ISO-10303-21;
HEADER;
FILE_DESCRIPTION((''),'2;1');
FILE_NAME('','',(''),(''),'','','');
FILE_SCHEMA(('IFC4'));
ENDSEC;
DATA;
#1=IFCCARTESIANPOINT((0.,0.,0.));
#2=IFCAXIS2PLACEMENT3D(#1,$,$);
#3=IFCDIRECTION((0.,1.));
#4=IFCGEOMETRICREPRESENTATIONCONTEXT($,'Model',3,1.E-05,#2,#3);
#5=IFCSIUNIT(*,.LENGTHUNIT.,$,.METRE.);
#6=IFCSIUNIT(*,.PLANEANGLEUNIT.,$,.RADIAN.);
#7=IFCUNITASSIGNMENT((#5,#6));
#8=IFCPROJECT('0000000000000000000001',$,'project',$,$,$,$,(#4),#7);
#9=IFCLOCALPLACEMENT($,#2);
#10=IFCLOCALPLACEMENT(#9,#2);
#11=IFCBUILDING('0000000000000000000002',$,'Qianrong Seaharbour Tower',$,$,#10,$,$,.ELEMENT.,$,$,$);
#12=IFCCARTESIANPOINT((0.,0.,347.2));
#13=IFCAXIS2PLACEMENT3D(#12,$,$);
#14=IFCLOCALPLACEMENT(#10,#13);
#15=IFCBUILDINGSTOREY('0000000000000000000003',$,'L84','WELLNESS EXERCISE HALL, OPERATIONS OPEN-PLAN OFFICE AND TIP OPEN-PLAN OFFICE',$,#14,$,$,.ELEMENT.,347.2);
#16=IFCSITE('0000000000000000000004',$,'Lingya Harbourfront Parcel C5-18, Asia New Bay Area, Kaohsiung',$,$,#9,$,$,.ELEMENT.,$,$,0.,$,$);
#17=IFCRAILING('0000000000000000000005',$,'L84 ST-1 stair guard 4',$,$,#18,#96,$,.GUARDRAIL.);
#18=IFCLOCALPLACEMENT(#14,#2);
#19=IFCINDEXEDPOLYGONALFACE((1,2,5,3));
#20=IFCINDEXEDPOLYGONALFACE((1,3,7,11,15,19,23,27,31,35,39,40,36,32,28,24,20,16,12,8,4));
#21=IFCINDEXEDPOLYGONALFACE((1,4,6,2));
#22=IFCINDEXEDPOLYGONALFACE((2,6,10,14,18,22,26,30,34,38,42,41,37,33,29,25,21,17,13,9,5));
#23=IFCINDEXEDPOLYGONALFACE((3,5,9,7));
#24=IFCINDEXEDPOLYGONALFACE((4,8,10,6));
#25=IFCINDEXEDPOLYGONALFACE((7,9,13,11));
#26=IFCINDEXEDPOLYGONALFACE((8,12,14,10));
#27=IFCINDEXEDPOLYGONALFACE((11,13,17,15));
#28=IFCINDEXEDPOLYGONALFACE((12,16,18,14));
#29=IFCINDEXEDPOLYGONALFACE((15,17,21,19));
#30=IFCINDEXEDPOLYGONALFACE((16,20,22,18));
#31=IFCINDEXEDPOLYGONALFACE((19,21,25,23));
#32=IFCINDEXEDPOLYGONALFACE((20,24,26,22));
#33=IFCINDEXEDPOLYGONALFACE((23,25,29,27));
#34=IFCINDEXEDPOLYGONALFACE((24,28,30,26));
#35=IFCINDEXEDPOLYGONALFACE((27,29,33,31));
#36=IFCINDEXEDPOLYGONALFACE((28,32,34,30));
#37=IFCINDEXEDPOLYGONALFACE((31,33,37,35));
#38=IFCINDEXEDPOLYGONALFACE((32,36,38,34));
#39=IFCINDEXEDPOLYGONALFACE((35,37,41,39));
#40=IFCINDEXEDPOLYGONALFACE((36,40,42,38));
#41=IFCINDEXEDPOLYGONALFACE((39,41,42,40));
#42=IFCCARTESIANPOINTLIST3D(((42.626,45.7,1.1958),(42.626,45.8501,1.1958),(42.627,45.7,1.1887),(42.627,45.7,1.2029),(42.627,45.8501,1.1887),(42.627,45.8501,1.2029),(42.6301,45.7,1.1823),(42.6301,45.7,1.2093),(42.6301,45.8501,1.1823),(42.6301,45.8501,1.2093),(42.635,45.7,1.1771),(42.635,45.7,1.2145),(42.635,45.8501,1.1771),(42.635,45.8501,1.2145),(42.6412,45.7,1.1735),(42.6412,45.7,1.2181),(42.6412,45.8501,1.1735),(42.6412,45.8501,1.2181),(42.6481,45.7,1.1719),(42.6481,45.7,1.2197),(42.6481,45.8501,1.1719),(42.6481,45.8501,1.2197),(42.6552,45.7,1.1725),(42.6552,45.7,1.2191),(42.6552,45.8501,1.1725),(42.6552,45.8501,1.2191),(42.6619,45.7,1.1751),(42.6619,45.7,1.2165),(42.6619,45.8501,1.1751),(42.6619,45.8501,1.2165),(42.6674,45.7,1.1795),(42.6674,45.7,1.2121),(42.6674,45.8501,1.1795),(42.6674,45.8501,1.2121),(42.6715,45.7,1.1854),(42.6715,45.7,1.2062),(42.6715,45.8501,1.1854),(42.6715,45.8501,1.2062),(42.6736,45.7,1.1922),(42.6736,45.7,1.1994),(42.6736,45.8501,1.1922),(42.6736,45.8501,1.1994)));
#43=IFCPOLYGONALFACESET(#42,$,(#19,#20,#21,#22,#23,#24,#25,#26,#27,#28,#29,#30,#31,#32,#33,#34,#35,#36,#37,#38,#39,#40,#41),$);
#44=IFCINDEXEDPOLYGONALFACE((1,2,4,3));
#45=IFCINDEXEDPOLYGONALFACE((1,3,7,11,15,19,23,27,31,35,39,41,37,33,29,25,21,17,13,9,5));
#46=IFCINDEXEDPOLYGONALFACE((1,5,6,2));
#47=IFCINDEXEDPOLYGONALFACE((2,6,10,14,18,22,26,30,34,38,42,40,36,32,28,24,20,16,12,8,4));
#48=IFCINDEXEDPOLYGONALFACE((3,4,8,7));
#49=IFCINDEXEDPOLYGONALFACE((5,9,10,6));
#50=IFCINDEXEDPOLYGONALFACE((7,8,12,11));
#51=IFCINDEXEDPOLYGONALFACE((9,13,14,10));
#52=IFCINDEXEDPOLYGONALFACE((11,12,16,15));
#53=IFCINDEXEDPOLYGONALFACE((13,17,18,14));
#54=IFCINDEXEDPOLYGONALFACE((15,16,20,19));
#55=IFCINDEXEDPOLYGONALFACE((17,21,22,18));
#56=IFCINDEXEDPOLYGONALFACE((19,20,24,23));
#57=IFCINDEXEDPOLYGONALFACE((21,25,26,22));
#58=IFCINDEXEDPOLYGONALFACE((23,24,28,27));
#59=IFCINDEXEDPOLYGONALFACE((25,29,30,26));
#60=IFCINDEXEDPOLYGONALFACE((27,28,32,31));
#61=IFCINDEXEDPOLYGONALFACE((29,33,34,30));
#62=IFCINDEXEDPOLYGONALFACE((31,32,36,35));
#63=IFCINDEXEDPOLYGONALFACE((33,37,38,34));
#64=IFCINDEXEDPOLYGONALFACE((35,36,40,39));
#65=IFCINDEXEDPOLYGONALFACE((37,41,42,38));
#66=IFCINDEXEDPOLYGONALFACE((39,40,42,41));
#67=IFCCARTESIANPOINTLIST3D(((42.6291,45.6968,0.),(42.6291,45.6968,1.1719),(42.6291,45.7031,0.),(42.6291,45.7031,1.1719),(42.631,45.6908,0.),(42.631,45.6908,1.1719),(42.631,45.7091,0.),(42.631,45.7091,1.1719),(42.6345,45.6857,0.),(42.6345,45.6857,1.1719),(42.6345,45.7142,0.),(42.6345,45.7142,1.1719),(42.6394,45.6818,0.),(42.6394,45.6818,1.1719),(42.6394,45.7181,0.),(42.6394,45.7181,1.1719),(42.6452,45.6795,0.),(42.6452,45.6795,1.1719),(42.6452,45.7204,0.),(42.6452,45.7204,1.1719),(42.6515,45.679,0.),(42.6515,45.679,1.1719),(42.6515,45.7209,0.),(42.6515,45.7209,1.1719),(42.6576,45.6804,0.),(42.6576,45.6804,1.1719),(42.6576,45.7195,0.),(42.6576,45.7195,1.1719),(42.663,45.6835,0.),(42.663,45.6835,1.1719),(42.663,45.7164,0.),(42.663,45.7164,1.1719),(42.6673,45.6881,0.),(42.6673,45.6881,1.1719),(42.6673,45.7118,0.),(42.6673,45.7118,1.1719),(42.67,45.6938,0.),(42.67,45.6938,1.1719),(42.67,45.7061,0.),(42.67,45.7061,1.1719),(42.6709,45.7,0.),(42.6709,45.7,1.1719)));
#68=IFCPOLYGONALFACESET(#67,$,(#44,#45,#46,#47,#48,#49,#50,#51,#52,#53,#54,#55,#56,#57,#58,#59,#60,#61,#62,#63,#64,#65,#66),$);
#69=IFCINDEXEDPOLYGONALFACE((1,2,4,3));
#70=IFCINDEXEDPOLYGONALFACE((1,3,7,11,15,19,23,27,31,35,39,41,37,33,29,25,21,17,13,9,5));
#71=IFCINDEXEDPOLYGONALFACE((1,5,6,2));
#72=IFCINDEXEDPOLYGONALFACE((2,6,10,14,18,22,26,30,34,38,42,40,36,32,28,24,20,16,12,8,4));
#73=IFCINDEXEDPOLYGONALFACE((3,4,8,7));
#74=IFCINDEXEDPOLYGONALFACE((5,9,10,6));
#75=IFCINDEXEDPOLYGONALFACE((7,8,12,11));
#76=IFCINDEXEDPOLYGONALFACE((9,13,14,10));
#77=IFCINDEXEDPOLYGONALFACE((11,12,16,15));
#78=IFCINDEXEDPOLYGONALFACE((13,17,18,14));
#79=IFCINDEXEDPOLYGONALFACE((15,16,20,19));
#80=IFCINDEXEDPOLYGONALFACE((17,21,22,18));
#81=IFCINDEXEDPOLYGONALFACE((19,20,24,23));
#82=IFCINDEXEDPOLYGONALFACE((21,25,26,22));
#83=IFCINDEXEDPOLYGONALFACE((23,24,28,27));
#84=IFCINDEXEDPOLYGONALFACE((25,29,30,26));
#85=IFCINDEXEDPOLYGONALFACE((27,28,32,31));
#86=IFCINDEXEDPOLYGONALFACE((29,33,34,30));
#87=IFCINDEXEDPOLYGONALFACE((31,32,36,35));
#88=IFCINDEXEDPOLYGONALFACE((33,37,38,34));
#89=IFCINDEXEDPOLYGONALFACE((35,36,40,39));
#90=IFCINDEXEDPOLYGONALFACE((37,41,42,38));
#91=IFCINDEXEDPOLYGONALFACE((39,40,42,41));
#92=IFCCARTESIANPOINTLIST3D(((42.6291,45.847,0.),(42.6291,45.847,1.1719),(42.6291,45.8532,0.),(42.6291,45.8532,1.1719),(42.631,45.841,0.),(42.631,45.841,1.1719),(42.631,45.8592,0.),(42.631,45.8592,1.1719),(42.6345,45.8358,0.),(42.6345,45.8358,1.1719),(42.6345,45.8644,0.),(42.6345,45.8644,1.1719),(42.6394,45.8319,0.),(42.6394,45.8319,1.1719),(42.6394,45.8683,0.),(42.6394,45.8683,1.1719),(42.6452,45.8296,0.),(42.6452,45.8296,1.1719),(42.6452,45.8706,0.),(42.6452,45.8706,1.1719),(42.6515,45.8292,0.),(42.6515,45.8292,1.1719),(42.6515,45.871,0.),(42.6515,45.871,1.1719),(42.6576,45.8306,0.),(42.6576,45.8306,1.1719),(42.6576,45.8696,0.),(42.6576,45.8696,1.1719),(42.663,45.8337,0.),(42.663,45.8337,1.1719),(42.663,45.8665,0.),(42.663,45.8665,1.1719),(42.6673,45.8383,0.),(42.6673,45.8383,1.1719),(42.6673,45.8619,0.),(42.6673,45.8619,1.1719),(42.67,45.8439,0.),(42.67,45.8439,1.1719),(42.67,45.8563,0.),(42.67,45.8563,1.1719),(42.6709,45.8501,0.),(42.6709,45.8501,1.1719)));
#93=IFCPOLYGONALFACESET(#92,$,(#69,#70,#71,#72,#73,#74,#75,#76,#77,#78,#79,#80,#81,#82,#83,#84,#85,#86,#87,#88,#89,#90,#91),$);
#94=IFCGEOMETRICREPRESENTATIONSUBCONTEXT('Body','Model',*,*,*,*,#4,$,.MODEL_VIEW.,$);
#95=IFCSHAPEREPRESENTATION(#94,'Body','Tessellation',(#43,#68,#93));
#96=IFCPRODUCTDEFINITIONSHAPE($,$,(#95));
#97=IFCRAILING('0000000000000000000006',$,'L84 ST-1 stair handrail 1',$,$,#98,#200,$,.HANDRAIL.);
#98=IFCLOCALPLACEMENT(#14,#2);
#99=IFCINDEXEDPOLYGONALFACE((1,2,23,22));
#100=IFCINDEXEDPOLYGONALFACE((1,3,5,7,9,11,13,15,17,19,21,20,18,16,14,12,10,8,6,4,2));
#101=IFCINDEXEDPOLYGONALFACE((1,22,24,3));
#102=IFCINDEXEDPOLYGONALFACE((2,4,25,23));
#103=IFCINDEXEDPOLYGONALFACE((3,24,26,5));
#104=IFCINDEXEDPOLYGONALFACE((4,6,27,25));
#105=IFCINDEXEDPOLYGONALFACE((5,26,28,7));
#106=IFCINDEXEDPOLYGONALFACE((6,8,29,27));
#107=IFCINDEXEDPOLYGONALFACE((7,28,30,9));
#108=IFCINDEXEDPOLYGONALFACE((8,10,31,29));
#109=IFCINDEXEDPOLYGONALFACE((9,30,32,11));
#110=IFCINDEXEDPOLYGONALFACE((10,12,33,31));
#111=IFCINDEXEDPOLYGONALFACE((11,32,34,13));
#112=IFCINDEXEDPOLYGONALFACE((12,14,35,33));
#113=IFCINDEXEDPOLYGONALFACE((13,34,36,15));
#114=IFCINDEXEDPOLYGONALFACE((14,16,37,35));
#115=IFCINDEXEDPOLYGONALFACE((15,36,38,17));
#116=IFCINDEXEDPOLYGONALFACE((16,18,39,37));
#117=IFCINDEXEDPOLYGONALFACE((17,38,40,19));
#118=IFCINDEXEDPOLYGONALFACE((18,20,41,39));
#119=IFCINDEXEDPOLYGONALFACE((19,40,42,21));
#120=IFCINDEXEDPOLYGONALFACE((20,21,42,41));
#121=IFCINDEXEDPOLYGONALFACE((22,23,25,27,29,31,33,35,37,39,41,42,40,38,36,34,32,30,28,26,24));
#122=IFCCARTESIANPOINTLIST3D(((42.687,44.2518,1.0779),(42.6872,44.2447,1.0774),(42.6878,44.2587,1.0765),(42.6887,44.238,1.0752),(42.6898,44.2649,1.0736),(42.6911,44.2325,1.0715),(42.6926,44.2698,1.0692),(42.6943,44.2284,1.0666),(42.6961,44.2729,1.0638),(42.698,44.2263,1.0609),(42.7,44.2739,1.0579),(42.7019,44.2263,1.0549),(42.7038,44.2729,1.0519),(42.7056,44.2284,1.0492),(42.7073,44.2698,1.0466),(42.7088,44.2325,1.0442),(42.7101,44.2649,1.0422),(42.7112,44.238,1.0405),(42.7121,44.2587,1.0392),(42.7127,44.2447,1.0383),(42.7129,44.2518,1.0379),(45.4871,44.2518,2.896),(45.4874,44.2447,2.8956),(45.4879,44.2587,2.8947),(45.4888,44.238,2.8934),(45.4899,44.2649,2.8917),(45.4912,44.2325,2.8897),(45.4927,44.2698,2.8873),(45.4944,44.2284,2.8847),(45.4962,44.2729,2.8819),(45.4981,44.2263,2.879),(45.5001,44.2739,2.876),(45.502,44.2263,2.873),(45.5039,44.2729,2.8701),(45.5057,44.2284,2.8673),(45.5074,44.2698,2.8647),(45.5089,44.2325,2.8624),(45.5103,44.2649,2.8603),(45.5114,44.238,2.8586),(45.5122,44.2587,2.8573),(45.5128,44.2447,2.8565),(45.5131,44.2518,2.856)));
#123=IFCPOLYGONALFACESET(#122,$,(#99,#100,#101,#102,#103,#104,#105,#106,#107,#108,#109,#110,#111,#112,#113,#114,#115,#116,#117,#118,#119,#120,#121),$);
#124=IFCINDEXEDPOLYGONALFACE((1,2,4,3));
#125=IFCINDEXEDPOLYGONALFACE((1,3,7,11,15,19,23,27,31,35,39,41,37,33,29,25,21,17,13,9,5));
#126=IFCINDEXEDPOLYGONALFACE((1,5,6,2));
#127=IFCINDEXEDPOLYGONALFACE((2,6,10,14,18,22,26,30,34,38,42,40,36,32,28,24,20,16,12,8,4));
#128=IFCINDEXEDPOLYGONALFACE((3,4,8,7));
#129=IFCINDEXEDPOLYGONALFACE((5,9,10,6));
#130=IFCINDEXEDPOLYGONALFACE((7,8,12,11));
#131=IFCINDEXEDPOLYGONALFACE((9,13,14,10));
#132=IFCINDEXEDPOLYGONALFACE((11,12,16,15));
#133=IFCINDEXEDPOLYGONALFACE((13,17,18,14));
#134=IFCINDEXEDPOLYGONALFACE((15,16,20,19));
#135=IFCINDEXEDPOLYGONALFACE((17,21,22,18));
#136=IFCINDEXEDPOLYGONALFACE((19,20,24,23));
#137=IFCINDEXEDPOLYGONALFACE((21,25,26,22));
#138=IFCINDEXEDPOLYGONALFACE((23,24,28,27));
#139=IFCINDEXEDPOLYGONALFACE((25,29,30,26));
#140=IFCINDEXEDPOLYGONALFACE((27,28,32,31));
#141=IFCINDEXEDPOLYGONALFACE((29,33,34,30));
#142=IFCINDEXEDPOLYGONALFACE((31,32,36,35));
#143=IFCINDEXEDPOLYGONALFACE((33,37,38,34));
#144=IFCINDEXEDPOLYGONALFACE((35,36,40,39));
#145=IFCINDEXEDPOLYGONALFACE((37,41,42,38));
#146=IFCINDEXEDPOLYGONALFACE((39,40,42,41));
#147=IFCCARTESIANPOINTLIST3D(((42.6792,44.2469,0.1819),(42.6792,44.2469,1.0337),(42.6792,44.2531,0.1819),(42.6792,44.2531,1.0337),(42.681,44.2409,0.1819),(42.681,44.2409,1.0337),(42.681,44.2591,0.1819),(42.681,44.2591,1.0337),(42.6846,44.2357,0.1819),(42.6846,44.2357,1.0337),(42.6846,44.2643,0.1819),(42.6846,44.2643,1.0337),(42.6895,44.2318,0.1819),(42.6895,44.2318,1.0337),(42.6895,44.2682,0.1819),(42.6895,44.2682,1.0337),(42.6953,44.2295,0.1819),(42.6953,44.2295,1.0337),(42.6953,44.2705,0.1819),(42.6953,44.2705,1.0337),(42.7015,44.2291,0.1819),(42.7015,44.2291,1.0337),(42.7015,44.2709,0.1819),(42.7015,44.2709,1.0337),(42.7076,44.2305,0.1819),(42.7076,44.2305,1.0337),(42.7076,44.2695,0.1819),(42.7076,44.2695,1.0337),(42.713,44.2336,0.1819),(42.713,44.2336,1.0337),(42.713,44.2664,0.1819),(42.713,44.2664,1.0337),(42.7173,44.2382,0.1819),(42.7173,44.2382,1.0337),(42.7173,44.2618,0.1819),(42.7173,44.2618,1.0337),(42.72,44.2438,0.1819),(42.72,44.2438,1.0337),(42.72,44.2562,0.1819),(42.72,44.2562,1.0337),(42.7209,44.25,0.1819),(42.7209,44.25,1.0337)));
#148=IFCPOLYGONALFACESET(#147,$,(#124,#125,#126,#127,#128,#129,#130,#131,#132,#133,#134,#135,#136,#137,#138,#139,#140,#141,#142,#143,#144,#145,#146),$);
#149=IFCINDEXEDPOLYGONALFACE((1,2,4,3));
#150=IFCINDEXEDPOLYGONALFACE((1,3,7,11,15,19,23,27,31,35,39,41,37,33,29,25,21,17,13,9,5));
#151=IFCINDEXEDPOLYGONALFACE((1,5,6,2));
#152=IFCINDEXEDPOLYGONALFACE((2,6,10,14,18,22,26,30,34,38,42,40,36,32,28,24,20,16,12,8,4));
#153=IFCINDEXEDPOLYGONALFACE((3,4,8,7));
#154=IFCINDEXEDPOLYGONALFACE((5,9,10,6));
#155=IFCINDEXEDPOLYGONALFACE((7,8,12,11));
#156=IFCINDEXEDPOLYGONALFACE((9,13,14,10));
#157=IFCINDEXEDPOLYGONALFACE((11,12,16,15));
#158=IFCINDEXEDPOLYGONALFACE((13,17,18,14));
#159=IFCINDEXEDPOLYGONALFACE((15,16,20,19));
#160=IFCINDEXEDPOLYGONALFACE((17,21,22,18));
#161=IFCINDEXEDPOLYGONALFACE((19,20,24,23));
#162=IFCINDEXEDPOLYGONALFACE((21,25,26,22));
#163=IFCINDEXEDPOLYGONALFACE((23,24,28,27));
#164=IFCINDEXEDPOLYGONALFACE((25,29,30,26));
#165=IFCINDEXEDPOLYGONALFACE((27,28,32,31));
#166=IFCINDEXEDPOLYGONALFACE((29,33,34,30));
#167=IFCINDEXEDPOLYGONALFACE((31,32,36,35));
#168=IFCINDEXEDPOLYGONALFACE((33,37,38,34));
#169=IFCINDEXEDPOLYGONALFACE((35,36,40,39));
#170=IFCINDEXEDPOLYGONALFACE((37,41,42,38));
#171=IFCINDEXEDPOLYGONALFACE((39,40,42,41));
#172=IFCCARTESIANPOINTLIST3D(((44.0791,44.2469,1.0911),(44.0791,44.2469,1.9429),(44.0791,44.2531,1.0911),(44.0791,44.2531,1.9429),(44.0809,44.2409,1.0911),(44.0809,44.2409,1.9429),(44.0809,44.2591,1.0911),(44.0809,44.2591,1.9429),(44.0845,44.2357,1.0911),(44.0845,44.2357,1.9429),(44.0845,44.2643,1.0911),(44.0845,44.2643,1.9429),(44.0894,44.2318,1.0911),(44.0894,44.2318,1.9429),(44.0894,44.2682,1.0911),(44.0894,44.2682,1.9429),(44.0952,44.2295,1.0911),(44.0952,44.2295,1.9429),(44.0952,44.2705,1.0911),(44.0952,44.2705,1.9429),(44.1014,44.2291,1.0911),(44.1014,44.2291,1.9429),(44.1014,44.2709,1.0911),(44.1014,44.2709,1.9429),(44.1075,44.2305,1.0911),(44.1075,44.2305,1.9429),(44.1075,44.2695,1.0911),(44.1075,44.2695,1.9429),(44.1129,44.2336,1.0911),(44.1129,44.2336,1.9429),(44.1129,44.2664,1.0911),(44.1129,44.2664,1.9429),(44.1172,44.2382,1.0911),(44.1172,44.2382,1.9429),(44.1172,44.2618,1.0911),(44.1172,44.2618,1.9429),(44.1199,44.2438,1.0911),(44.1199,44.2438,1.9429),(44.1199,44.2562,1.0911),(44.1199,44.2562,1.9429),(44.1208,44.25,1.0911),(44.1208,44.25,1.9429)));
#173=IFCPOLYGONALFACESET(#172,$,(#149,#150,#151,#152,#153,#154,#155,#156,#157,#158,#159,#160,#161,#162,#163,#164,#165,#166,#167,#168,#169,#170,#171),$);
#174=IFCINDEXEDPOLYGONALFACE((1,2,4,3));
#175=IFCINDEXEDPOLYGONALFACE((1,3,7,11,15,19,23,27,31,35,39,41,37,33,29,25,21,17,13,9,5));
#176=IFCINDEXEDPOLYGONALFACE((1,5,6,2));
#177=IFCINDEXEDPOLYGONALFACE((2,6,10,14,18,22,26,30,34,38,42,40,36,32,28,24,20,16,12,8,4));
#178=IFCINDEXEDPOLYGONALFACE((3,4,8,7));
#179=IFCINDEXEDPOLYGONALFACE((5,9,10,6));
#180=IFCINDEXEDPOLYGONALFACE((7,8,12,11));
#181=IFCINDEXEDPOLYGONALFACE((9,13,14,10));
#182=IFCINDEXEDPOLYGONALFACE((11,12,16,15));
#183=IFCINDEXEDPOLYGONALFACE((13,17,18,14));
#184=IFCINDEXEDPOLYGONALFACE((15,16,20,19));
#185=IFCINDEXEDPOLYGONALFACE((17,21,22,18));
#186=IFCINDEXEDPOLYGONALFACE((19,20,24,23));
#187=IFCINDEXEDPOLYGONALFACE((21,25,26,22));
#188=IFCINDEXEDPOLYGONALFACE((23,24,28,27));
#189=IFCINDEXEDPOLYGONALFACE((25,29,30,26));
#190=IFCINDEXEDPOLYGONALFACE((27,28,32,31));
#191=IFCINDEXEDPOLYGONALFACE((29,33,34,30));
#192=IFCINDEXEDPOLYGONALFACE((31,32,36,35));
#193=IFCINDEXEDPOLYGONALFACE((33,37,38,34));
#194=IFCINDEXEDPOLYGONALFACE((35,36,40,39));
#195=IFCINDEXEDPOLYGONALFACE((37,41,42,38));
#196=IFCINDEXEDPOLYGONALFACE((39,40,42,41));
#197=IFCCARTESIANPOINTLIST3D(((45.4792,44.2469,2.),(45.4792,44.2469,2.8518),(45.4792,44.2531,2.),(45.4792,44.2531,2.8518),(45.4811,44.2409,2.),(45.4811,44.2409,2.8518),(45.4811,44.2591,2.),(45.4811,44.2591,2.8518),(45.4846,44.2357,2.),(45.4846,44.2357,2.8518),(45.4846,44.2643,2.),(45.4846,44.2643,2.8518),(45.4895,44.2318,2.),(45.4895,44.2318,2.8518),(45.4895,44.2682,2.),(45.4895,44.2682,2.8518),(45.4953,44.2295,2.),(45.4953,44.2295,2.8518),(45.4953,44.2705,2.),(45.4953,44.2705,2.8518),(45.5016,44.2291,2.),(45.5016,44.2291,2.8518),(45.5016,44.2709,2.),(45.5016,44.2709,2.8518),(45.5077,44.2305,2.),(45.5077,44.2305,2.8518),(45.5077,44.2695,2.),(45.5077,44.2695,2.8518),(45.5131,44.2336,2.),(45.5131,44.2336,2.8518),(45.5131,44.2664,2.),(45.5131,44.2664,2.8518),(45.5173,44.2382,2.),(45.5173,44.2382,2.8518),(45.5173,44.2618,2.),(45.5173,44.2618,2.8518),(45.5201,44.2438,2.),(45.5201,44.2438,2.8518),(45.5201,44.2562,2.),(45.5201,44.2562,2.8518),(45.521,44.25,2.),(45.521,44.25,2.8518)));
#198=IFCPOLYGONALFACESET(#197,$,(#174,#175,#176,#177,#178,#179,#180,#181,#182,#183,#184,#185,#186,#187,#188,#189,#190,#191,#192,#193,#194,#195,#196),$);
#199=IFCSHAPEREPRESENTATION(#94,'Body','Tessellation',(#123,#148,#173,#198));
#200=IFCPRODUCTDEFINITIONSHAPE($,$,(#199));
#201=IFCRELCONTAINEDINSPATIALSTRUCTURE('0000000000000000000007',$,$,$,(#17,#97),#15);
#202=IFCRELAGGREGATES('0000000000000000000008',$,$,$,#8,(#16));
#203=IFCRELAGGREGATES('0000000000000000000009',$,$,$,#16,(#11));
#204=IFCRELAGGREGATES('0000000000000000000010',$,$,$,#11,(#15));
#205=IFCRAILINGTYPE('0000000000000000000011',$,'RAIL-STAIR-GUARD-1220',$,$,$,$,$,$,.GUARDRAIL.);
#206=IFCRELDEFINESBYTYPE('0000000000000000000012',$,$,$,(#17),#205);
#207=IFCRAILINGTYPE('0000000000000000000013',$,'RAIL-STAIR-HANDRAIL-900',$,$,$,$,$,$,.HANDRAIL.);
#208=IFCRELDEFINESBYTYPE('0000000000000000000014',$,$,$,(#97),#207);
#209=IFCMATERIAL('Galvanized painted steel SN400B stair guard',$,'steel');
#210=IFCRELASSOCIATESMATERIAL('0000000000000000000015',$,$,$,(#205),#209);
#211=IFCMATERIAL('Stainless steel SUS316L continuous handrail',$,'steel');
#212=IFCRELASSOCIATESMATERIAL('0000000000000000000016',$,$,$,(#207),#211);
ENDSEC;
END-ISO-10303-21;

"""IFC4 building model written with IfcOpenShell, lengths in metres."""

from ifc_helpers import new_model, si_unit, direction, frame, origin, origin_2d, place, context, subcontext, project, spatial, circle, extrude, material, type_object, element, save


model = new_model("IFC4")

# Units and contexts
model_context = context("Model", 3, precision=1e-05, world=origin(), true_north=direction((0.0, 1.0)))
body_context = subcontext(model_context, "Body", "Model", "MODEL_VIEW")
ifc_project = project(units=[si_unit("LENGTHUNIT", "METRE"), si_unit("PLANEANGLEUNIT", "RADIAN")], contexts=[model_context])

# Site, building, storey
site_placement = place(None, origin())
site = spatial("IfcSite", under=ifc_project, at=site_placement, Name="Lingya Harbourfront Parcel C5-18, Asia New Bay Area, Kaohsiung", CompositionType="ELEMENT", RefElevation=0.0)
building_placement = place(site_placement, origin())
building = spatial("IfcBuilding", under=site, at=building_placement, Name="Qianrong Seaharbour Tower", CompositionType="ELEMENT")
storey_placement = place(building_placement, frame((0.0, 0.0, 347.2)))
storey = spatial("IfcBuildingStorey", under=building, at=storey_placement, Name="L84", Description="WELLNESS EXERCISE HALL, OPERATIONS OPEN-PLAN OFFICE AND TIP OPEN-PLAN OFFICE", CompositionType="ELEMENT", Elevation=347.2)

# Railings
ifc_material_1 = material(Name="Galvanized painted steel SN400B stair guard", Category="steel")
railing_type_1 = type_object("IfcRailingType", Name="RAIL-STAIR-GUARD-1220", PredefinedType="GUARDRAIL", material=ifc_material_1)
railing_1_placement = place(storey_placement, frame((42.6499, 45.7, 0.0)))
element("IfcRailing", 1, at=railing_1_placement, inside=storey, type_object=railing_type_1, Name="L84 ST-1 stair guard 4", PredefinedType="GUARDRAIL", context=body_context, shape_type="SweptSolid", body=[
    extrude(circle(Radius=0.0239, at=origin_2d()), frame((0.0, 0.0, 1.1958), z_axis=(0.0, 1.0, 0.0), x_axis=(-1.0, 0.0, 0.0)), (0.0, 0.0, 1.0), 0.1501),
    extrude(circle(Radius=0.021, at=origin_2d()), origin(), (0.0, 0.0, 1.0), 1.1719),
    extrude(circle(Radius=0.021, at=origin_2d()), frame((0.0, 0.1501, 0.0)), (0.0, 0.0, 1.0), 1.1719),
])
ifc_material_2 = material(Name="Stainless steel SUS316L continuous handrail", Category="steel")
railing_type_2 = type_object("IfcRailingType", Name="RAIL-STAIR-HANDRAIL-900", PredefinedType="HANDRAIL", material=ifc_material_2)
railing_2_placement = place(storey_placement, frame((42.7, 44.25, 0.1819)))
element("IfcRailing", 2, at=railing_2_placement, inside=storey, type_object=railing_type_2, Name="L84 ST-1 stair handrail 1", PredefinedType="HANDRAIL", context=body_context, shape_type="SweptSolid", body=[
    extrude(circle(Radius=0.0239, at=origin_2d()), frame((0.0, 0.0, 0.876), z_axis=(0.838706, 0.0, 0.544585), x_axis=(0.0, 1.0, 0.0)), (0.0, 0.0, 1.0), 3.3386),
    extrude(circle(Radius=0.021, at=origin_2d()), origin(), (0.0, 0.0, 1.0), 0.8518),
    extrude(circle(Radius=0.021, at=origin_2d()), frame((1.3999, 0.0, 0.9092)), (0.0, 0.0, 1.0), 0.8518),
    extrude(circle(Radius=0.021, at=origin_2d()), frame((2.8, 0.0, 1.8181)), (0.0, 0.0, 1.0), 0.8518),
])

save(model, "model.ifc")
